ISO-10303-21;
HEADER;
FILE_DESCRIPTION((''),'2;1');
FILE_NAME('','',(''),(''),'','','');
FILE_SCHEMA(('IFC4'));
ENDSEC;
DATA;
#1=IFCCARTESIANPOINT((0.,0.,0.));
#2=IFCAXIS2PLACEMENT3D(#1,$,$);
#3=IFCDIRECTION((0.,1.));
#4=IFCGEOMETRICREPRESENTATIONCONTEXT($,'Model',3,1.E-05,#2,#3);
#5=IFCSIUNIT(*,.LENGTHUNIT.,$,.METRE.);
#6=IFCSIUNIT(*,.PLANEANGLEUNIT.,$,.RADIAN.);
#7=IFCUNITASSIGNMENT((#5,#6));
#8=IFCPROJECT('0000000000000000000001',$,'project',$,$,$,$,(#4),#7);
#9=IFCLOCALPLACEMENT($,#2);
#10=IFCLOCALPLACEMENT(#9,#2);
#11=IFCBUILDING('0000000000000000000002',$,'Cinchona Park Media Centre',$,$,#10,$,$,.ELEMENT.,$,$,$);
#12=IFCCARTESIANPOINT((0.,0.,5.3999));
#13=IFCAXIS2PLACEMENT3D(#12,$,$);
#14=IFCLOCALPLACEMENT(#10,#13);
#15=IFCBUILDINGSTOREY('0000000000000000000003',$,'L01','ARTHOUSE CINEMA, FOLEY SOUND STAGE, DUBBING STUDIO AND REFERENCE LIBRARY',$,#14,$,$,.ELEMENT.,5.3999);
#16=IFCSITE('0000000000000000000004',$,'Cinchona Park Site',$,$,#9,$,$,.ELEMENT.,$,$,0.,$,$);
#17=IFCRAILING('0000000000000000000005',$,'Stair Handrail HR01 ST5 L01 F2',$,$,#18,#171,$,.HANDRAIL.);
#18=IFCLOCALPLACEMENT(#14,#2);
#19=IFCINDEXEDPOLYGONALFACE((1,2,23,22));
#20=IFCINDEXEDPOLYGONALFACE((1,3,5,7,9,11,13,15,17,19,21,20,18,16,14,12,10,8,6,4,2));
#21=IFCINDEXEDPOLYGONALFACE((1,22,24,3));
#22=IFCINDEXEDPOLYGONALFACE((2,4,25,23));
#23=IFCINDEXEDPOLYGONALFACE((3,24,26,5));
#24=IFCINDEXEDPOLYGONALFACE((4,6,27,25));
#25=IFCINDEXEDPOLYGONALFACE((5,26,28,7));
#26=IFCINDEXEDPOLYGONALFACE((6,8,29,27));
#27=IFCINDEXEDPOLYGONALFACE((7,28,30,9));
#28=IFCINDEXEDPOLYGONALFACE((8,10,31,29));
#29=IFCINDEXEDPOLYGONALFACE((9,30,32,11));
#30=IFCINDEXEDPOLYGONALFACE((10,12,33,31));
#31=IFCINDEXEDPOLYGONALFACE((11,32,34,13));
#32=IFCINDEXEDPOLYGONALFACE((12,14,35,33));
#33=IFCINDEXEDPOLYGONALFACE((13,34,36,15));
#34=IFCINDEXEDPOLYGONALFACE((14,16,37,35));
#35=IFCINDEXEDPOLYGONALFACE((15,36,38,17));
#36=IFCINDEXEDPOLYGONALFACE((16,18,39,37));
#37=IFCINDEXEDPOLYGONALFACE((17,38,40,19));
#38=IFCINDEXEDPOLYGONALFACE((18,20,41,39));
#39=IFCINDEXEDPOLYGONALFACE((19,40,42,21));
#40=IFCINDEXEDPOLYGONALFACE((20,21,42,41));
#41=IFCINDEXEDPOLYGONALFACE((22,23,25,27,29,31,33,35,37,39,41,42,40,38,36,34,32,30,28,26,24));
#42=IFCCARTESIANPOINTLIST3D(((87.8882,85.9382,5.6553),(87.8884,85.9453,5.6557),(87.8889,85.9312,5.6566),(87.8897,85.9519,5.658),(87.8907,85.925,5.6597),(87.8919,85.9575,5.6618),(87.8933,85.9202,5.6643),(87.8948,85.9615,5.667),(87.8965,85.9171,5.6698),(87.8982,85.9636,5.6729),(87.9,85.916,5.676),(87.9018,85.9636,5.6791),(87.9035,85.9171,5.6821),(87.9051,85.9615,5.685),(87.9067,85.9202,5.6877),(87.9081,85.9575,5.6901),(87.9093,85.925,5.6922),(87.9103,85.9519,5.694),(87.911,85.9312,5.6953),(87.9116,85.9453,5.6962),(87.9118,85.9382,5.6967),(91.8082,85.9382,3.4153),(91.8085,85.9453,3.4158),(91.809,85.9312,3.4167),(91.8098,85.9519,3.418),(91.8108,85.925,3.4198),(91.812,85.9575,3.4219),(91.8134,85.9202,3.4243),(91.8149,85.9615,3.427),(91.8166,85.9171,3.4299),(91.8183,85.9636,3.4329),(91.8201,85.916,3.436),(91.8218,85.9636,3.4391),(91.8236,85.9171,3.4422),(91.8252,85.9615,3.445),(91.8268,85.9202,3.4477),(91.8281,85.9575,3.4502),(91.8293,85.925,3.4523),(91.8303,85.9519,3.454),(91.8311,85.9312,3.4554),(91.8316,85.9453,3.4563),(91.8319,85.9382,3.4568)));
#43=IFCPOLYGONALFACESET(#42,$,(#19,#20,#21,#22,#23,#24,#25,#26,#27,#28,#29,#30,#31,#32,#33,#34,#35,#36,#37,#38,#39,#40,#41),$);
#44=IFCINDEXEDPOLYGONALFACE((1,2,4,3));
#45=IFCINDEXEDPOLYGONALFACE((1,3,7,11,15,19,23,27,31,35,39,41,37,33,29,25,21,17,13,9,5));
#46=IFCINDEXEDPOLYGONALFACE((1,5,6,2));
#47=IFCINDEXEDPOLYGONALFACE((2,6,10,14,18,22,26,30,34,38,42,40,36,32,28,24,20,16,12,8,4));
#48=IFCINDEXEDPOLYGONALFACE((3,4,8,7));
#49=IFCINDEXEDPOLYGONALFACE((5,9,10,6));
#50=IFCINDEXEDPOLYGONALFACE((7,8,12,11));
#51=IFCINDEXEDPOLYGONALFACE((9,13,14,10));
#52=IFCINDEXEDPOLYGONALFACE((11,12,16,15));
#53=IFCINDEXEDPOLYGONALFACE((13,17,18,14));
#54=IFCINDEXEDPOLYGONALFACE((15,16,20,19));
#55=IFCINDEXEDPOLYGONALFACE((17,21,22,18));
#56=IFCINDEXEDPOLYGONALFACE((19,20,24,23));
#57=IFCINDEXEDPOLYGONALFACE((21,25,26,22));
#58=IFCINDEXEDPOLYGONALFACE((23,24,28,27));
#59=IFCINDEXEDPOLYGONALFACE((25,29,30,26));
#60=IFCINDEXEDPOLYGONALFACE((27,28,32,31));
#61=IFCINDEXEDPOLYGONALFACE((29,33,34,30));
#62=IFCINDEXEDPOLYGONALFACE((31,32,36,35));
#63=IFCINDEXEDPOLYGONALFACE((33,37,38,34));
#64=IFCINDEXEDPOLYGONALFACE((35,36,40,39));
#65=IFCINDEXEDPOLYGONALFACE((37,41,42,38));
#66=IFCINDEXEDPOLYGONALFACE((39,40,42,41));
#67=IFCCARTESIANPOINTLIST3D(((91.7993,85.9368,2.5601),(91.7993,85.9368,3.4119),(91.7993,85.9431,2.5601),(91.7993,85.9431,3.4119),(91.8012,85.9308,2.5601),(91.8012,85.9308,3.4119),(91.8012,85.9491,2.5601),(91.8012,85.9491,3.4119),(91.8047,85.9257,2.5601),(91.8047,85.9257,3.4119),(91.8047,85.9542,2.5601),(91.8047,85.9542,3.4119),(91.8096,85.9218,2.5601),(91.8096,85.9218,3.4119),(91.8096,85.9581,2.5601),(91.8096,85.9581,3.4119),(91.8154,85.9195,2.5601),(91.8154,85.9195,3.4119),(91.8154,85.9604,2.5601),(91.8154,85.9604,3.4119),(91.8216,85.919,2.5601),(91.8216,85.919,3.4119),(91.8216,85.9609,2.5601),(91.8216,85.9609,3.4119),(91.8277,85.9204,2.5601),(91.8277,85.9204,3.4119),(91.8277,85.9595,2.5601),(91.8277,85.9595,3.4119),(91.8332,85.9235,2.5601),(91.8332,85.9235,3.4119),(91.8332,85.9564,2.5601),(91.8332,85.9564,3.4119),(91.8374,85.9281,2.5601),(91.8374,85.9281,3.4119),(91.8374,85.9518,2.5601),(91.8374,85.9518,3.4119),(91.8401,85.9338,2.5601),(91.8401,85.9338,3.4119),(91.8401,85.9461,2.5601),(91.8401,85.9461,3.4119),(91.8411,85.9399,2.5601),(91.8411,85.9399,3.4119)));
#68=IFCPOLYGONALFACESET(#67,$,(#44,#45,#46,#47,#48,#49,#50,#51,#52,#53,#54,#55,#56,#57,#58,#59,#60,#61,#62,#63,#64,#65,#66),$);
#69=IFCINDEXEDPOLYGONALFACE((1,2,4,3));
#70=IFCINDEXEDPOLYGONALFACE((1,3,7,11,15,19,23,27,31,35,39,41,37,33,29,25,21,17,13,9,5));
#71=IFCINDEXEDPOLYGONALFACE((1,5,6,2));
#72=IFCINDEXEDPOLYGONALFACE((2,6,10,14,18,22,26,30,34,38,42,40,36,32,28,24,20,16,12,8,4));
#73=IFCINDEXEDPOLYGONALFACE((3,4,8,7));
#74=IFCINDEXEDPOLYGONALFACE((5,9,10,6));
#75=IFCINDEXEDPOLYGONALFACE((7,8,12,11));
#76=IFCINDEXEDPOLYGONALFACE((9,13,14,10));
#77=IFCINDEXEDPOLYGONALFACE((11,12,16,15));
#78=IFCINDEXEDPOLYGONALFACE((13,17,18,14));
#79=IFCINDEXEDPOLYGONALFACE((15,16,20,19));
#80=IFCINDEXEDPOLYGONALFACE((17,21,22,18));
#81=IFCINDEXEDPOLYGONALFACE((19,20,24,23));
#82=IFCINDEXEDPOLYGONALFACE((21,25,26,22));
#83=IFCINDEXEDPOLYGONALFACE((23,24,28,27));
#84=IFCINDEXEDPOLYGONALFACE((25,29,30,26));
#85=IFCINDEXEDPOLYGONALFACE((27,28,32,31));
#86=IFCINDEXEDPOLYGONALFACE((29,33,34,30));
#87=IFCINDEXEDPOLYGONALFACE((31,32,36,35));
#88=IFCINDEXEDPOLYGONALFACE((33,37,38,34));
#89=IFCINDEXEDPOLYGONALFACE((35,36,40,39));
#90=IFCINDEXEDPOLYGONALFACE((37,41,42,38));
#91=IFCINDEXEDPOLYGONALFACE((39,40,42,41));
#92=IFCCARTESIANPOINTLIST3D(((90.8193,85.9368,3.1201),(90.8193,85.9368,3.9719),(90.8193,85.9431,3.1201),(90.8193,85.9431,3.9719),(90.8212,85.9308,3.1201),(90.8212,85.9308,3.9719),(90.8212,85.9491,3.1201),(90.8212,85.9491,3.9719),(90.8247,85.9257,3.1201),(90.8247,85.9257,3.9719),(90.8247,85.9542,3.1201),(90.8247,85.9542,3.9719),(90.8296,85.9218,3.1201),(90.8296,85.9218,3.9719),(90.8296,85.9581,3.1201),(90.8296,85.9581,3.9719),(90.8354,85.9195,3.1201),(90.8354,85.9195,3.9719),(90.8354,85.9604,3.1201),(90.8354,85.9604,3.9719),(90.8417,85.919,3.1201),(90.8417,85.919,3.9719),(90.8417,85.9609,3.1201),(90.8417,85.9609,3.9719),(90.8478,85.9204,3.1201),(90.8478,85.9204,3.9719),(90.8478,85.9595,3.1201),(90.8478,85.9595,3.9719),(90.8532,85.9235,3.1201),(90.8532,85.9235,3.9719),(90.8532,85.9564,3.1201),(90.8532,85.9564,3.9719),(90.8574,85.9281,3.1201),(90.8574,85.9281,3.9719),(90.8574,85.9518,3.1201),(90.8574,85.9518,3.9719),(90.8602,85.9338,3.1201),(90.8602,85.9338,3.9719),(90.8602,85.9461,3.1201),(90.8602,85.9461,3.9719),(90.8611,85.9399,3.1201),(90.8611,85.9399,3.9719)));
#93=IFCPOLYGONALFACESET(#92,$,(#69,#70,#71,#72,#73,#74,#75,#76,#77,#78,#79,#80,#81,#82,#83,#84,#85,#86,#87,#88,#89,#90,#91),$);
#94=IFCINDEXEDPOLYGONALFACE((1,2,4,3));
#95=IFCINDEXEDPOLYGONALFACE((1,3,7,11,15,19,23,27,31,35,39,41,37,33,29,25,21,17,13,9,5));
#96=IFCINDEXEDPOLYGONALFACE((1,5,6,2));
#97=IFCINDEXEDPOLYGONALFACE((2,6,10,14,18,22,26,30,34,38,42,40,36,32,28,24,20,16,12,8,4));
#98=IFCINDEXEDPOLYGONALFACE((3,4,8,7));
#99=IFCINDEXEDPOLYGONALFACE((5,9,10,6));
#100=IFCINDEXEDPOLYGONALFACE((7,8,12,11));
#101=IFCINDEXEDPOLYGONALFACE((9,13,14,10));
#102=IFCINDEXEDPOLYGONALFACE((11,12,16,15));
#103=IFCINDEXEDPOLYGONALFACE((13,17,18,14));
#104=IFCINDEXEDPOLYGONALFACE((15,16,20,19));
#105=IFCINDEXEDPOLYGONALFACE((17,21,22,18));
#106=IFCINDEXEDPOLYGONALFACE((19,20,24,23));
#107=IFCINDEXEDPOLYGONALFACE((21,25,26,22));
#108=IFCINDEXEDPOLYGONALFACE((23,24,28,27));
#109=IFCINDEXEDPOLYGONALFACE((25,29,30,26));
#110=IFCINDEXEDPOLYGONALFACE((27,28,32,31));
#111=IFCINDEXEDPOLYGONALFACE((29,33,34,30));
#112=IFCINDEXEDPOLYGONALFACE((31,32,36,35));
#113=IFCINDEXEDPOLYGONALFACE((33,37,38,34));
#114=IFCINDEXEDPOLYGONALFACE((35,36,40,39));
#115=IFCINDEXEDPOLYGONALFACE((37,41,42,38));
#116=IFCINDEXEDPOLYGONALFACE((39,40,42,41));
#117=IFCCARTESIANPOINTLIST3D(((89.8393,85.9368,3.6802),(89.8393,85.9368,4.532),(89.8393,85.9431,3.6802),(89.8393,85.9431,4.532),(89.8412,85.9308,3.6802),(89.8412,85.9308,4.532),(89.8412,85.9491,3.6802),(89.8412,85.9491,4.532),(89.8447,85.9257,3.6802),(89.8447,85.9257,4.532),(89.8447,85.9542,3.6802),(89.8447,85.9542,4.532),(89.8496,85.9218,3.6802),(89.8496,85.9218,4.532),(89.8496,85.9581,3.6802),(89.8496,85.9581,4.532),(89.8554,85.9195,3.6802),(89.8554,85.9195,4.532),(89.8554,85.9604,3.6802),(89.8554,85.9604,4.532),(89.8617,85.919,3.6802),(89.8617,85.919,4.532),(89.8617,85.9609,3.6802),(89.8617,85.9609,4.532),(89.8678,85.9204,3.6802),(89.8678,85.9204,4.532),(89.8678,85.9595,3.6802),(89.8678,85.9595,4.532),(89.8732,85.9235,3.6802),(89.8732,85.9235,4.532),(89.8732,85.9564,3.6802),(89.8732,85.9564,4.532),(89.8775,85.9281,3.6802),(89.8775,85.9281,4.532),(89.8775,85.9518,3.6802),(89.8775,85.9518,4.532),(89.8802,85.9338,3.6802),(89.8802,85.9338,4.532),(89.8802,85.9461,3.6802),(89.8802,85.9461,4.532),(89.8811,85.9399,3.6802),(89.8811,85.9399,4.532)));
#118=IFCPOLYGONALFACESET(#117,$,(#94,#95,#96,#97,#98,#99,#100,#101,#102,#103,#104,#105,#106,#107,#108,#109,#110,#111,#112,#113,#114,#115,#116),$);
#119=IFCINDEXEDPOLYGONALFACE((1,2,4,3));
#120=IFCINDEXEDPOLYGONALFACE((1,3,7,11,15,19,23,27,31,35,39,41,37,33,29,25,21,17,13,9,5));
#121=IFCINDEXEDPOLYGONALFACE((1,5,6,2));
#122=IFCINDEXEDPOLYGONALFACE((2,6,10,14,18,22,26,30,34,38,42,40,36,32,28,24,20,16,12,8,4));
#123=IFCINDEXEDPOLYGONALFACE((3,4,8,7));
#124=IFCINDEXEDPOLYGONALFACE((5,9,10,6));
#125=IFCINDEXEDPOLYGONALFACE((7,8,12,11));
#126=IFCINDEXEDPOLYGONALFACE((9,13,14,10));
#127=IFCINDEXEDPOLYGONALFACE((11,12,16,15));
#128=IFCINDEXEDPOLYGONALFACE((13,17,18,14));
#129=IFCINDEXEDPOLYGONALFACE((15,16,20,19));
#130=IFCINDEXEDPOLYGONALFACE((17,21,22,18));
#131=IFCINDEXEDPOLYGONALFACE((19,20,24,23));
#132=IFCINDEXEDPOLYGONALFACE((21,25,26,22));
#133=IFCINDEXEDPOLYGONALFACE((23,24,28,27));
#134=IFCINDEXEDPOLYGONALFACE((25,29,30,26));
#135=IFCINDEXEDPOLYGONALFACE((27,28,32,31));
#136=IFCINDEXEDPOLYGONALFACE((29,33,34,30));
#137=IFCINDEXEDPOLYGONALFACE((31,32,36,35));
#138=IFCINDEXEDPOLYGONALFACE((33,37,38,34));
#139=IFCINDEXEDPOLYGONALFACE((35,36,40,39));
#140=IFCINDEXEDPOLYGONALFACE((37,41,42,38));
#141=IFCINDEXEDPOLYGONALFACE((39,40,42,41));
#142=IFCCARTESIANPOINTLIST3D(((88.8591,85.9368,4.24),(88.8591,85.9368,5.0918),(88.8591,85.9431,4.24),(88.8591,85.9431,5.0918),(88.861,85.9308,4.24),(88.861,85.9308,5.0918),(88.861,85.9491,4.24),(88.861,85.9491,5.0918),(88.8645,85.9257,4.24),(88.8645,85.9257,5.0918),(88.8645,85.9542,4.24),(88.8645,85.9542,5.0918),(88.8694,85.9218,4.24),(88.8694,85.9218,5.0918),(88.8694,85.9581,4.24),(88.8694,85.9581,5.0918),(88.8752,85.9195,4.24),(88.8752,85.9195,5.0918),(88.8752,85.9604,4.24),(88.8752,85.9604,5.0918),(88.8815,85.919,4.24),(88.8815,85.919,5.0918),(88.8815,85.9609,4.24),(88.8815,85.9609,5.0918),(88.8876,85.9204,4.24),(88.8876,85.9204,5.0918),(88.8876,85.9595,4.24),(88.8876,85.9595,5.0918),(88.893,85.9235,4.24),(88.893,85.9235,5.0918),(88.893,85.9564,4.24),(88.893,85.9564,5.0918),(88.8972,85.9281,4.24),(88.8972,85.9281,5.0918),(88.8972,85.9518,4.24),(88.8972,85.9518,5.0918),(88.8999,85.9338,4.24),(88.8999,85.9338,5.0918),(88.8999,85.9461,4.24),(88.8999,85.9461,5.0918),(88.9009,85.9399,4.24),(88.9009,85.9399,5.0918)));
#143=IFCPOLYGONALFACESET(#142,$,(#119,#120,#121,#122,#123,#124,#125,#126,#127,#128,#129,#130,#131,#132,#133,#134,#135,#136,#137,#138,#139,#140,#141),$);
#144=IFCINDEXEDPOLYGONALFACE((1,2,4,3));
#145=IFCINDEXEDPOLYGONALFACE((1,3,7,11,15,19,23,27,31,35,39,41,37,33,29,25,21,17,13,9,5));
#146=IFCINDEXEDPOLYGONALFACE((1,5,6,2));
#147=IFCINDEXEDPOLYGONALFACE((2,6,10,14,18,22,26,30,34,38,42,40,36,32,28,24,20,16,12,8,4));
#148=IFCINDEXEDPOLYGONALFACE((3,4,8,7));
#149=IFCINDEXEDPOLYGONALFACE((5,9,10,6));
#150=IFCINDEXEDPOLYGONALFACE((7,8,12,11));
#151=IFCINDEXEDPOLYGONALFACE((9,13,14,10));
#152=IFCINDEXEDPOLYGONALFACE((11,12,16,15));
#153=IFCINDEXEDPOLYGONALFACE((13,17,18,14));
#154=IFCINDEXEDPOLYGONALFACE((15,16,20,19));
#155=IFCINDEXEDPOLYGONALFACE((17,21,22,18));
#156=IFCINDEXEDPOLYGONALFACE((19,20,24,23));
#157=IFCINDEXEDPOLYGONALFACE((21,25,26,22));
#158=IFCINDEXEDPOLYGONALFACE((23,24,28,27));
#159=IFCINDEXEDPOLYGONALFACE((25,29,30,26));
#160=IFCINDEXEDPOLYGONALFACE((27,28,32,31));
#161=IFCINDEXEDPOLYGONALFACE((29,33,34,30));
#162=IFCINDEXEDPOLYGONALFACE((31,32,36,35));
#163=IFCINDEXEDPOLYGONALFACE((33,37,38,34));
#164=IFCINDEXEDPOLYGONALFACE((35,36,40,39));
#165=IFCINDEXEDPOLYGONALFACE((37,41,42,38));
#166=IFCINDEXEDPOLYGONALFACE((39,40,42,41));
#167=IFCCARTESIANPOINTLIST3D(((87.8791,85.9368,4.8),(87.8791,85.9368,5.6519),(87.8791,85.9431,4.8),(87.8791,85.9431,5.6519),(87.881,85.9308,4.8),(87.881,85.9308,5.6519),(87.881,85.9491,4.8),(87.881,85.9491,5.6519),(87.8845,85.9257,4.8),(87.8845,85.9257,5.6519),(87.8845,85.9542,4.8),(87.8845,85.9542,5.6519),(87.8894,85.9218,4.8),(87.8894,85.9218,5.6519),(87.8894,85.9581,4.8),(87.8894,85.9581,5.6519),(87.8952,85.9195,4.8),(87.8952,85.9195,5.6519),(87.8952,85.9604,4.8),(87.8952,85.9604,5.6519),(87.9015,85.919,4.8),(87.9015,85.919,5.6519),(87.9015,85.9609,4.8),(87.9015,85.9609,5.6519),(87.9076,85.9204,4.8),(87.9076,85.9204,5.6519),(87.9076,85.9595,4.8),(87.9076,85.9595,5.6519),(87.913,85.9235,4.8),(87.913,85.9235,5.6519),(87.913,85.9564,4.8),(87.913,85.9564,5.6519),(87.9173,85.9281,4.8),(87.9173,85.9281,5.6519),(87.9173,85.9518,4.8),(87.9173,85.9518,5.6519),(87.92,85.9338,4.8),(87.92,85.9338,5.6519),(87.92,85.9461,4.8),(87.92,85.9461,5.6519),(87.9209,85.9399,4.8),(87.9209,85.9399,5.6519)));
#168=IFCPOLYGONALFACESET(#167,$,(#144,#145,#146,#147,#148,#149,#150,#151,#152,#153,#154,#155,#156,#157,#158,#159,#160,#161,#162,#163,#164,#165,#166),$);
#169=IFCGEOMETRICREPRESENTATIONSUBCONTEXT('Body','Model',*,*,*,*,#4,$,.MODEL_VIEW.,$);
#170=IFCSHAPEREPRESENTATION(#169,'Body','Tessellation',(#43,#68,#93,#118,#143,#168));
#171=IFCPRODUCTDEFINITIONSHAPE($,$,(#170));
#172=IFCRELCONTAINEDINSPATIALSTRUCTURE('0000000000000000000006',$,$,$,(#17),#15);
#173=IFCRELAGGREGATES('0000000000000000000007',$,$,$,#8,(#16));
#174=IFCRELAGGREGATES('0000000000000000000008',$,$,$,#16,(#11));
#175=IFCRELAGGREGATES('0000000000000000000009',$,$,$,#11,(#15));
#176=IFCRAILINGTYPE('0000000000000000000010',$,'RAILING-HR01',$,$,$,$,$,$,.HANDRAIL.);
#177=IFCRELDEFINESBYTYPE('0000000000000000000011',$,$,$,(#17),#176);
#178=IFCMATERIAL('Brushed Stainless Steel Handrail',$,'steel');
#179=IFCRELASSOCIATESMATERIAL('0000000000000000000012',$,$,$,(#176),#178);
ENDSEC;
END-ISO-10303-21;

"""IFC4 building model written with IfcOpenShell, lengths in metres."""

from ifc_helpers import new_model, si_unit, direction, frame, origin, origin_2d, place, context, subcontext, project, spatial, circle, extrude, material, type_object, element, save


model = new_model("IFC4")

# Units and contexts
model_context = context("Model", 3, precision=1e-05, world=origin(), true_north=direction((0.0, 1.0)))
body_context = subcontext(model_context, "Body", "Model", "MODEL_VIEW")
ifc_project = project(units=[si_unit("LENGTHUNIT", "METRE"), si_unit("PLANEANGLEUNIT", "RADIAN")], contexts=[model_context])

# Site, building, storey
site_placement = place(None, origin())
site = spatial("IfcSite", under=ifc_project, at=site_placement, Name="Cinchona Park Site", CompositionType="ELEMENT", RefElevation=0.0)
building_placement = place(site_placement, origin())
building = spatial("IfcBuilding", under=site, at=building_placement, Name="Cinchona Park Media Centre", CompositionType="ELEMENT")
storey_placement = place(building_placement, frame((0.0, 0.0, 5.3999)))
storey = spatial("IfcBuildingStorey", under=building, at=storey_placement, Name="L01", Description="ARTHOUSE CINEMA, FOLEY SOUND STAGE, DUBBING STUDIO AND REFERENCE LIBRARY", CompositionType="ELEMENT", Elevation=5.3999)

# Railing
ifc_material_1 = material(Name="Brushed Stainless Steel Handrail", Category="steel")
railing_type_1 = type_object("IfcRailingType", Name="RAILING-HR01", PredefinedType="HANDRAIL", material=ifc_material_1)
railing_1_placement = place(storey_placement, frame((91.8201, 85.9399, 2.5601)))
element("IfcRailing", 1, at=railing_1_placement, inside=storey, type_object=railing_type_1, Name="Stair Handrail HR01 ST5 L01 F2", PredefinedType="HANDRAIL", context=body_context, shape_type="SweptSolid", body=[
    extrude(circle(Radius=0.0239, at=origin_2d()), frame((0.0, 0.0, 0.876), z_axis=(-0.868253, 0.0, 0.496121), x_axis=(0.0, -1.0, 0.0)), (0.0, 0.0, 1.0), 4.5149),
    extrude(circle(Radius=0.021, at=origin_2d()), origin(), (0.0, 0.0, 1.0), 0.8518),
    extrude(circle(Radius=0.021, at=origin_2d()), frame((-0.98, 0.0, 0.5601)), (0.0, 0.0, 1.0), 0.8518),
    extrude(circle(Radius=0.021, at=origin_2d()), frame((-1.96, 0.0, 1.1201)), (0.0, 0.0, 1.0), 0.8518),
    extrude(circle(Radius=0.021, at=origin_2d()), frame((-2.9402, 0.0, 1.6799)), (0.0, 0.0, 1.0), 0.8518),
    extrude(circle(Radius=0.021, at=origin_2d()), frame((-3.9202, 0.0, 2.24)), (0.0, 0.0, 1.0), 0.8518),
])

save(model, "model.ifc")
